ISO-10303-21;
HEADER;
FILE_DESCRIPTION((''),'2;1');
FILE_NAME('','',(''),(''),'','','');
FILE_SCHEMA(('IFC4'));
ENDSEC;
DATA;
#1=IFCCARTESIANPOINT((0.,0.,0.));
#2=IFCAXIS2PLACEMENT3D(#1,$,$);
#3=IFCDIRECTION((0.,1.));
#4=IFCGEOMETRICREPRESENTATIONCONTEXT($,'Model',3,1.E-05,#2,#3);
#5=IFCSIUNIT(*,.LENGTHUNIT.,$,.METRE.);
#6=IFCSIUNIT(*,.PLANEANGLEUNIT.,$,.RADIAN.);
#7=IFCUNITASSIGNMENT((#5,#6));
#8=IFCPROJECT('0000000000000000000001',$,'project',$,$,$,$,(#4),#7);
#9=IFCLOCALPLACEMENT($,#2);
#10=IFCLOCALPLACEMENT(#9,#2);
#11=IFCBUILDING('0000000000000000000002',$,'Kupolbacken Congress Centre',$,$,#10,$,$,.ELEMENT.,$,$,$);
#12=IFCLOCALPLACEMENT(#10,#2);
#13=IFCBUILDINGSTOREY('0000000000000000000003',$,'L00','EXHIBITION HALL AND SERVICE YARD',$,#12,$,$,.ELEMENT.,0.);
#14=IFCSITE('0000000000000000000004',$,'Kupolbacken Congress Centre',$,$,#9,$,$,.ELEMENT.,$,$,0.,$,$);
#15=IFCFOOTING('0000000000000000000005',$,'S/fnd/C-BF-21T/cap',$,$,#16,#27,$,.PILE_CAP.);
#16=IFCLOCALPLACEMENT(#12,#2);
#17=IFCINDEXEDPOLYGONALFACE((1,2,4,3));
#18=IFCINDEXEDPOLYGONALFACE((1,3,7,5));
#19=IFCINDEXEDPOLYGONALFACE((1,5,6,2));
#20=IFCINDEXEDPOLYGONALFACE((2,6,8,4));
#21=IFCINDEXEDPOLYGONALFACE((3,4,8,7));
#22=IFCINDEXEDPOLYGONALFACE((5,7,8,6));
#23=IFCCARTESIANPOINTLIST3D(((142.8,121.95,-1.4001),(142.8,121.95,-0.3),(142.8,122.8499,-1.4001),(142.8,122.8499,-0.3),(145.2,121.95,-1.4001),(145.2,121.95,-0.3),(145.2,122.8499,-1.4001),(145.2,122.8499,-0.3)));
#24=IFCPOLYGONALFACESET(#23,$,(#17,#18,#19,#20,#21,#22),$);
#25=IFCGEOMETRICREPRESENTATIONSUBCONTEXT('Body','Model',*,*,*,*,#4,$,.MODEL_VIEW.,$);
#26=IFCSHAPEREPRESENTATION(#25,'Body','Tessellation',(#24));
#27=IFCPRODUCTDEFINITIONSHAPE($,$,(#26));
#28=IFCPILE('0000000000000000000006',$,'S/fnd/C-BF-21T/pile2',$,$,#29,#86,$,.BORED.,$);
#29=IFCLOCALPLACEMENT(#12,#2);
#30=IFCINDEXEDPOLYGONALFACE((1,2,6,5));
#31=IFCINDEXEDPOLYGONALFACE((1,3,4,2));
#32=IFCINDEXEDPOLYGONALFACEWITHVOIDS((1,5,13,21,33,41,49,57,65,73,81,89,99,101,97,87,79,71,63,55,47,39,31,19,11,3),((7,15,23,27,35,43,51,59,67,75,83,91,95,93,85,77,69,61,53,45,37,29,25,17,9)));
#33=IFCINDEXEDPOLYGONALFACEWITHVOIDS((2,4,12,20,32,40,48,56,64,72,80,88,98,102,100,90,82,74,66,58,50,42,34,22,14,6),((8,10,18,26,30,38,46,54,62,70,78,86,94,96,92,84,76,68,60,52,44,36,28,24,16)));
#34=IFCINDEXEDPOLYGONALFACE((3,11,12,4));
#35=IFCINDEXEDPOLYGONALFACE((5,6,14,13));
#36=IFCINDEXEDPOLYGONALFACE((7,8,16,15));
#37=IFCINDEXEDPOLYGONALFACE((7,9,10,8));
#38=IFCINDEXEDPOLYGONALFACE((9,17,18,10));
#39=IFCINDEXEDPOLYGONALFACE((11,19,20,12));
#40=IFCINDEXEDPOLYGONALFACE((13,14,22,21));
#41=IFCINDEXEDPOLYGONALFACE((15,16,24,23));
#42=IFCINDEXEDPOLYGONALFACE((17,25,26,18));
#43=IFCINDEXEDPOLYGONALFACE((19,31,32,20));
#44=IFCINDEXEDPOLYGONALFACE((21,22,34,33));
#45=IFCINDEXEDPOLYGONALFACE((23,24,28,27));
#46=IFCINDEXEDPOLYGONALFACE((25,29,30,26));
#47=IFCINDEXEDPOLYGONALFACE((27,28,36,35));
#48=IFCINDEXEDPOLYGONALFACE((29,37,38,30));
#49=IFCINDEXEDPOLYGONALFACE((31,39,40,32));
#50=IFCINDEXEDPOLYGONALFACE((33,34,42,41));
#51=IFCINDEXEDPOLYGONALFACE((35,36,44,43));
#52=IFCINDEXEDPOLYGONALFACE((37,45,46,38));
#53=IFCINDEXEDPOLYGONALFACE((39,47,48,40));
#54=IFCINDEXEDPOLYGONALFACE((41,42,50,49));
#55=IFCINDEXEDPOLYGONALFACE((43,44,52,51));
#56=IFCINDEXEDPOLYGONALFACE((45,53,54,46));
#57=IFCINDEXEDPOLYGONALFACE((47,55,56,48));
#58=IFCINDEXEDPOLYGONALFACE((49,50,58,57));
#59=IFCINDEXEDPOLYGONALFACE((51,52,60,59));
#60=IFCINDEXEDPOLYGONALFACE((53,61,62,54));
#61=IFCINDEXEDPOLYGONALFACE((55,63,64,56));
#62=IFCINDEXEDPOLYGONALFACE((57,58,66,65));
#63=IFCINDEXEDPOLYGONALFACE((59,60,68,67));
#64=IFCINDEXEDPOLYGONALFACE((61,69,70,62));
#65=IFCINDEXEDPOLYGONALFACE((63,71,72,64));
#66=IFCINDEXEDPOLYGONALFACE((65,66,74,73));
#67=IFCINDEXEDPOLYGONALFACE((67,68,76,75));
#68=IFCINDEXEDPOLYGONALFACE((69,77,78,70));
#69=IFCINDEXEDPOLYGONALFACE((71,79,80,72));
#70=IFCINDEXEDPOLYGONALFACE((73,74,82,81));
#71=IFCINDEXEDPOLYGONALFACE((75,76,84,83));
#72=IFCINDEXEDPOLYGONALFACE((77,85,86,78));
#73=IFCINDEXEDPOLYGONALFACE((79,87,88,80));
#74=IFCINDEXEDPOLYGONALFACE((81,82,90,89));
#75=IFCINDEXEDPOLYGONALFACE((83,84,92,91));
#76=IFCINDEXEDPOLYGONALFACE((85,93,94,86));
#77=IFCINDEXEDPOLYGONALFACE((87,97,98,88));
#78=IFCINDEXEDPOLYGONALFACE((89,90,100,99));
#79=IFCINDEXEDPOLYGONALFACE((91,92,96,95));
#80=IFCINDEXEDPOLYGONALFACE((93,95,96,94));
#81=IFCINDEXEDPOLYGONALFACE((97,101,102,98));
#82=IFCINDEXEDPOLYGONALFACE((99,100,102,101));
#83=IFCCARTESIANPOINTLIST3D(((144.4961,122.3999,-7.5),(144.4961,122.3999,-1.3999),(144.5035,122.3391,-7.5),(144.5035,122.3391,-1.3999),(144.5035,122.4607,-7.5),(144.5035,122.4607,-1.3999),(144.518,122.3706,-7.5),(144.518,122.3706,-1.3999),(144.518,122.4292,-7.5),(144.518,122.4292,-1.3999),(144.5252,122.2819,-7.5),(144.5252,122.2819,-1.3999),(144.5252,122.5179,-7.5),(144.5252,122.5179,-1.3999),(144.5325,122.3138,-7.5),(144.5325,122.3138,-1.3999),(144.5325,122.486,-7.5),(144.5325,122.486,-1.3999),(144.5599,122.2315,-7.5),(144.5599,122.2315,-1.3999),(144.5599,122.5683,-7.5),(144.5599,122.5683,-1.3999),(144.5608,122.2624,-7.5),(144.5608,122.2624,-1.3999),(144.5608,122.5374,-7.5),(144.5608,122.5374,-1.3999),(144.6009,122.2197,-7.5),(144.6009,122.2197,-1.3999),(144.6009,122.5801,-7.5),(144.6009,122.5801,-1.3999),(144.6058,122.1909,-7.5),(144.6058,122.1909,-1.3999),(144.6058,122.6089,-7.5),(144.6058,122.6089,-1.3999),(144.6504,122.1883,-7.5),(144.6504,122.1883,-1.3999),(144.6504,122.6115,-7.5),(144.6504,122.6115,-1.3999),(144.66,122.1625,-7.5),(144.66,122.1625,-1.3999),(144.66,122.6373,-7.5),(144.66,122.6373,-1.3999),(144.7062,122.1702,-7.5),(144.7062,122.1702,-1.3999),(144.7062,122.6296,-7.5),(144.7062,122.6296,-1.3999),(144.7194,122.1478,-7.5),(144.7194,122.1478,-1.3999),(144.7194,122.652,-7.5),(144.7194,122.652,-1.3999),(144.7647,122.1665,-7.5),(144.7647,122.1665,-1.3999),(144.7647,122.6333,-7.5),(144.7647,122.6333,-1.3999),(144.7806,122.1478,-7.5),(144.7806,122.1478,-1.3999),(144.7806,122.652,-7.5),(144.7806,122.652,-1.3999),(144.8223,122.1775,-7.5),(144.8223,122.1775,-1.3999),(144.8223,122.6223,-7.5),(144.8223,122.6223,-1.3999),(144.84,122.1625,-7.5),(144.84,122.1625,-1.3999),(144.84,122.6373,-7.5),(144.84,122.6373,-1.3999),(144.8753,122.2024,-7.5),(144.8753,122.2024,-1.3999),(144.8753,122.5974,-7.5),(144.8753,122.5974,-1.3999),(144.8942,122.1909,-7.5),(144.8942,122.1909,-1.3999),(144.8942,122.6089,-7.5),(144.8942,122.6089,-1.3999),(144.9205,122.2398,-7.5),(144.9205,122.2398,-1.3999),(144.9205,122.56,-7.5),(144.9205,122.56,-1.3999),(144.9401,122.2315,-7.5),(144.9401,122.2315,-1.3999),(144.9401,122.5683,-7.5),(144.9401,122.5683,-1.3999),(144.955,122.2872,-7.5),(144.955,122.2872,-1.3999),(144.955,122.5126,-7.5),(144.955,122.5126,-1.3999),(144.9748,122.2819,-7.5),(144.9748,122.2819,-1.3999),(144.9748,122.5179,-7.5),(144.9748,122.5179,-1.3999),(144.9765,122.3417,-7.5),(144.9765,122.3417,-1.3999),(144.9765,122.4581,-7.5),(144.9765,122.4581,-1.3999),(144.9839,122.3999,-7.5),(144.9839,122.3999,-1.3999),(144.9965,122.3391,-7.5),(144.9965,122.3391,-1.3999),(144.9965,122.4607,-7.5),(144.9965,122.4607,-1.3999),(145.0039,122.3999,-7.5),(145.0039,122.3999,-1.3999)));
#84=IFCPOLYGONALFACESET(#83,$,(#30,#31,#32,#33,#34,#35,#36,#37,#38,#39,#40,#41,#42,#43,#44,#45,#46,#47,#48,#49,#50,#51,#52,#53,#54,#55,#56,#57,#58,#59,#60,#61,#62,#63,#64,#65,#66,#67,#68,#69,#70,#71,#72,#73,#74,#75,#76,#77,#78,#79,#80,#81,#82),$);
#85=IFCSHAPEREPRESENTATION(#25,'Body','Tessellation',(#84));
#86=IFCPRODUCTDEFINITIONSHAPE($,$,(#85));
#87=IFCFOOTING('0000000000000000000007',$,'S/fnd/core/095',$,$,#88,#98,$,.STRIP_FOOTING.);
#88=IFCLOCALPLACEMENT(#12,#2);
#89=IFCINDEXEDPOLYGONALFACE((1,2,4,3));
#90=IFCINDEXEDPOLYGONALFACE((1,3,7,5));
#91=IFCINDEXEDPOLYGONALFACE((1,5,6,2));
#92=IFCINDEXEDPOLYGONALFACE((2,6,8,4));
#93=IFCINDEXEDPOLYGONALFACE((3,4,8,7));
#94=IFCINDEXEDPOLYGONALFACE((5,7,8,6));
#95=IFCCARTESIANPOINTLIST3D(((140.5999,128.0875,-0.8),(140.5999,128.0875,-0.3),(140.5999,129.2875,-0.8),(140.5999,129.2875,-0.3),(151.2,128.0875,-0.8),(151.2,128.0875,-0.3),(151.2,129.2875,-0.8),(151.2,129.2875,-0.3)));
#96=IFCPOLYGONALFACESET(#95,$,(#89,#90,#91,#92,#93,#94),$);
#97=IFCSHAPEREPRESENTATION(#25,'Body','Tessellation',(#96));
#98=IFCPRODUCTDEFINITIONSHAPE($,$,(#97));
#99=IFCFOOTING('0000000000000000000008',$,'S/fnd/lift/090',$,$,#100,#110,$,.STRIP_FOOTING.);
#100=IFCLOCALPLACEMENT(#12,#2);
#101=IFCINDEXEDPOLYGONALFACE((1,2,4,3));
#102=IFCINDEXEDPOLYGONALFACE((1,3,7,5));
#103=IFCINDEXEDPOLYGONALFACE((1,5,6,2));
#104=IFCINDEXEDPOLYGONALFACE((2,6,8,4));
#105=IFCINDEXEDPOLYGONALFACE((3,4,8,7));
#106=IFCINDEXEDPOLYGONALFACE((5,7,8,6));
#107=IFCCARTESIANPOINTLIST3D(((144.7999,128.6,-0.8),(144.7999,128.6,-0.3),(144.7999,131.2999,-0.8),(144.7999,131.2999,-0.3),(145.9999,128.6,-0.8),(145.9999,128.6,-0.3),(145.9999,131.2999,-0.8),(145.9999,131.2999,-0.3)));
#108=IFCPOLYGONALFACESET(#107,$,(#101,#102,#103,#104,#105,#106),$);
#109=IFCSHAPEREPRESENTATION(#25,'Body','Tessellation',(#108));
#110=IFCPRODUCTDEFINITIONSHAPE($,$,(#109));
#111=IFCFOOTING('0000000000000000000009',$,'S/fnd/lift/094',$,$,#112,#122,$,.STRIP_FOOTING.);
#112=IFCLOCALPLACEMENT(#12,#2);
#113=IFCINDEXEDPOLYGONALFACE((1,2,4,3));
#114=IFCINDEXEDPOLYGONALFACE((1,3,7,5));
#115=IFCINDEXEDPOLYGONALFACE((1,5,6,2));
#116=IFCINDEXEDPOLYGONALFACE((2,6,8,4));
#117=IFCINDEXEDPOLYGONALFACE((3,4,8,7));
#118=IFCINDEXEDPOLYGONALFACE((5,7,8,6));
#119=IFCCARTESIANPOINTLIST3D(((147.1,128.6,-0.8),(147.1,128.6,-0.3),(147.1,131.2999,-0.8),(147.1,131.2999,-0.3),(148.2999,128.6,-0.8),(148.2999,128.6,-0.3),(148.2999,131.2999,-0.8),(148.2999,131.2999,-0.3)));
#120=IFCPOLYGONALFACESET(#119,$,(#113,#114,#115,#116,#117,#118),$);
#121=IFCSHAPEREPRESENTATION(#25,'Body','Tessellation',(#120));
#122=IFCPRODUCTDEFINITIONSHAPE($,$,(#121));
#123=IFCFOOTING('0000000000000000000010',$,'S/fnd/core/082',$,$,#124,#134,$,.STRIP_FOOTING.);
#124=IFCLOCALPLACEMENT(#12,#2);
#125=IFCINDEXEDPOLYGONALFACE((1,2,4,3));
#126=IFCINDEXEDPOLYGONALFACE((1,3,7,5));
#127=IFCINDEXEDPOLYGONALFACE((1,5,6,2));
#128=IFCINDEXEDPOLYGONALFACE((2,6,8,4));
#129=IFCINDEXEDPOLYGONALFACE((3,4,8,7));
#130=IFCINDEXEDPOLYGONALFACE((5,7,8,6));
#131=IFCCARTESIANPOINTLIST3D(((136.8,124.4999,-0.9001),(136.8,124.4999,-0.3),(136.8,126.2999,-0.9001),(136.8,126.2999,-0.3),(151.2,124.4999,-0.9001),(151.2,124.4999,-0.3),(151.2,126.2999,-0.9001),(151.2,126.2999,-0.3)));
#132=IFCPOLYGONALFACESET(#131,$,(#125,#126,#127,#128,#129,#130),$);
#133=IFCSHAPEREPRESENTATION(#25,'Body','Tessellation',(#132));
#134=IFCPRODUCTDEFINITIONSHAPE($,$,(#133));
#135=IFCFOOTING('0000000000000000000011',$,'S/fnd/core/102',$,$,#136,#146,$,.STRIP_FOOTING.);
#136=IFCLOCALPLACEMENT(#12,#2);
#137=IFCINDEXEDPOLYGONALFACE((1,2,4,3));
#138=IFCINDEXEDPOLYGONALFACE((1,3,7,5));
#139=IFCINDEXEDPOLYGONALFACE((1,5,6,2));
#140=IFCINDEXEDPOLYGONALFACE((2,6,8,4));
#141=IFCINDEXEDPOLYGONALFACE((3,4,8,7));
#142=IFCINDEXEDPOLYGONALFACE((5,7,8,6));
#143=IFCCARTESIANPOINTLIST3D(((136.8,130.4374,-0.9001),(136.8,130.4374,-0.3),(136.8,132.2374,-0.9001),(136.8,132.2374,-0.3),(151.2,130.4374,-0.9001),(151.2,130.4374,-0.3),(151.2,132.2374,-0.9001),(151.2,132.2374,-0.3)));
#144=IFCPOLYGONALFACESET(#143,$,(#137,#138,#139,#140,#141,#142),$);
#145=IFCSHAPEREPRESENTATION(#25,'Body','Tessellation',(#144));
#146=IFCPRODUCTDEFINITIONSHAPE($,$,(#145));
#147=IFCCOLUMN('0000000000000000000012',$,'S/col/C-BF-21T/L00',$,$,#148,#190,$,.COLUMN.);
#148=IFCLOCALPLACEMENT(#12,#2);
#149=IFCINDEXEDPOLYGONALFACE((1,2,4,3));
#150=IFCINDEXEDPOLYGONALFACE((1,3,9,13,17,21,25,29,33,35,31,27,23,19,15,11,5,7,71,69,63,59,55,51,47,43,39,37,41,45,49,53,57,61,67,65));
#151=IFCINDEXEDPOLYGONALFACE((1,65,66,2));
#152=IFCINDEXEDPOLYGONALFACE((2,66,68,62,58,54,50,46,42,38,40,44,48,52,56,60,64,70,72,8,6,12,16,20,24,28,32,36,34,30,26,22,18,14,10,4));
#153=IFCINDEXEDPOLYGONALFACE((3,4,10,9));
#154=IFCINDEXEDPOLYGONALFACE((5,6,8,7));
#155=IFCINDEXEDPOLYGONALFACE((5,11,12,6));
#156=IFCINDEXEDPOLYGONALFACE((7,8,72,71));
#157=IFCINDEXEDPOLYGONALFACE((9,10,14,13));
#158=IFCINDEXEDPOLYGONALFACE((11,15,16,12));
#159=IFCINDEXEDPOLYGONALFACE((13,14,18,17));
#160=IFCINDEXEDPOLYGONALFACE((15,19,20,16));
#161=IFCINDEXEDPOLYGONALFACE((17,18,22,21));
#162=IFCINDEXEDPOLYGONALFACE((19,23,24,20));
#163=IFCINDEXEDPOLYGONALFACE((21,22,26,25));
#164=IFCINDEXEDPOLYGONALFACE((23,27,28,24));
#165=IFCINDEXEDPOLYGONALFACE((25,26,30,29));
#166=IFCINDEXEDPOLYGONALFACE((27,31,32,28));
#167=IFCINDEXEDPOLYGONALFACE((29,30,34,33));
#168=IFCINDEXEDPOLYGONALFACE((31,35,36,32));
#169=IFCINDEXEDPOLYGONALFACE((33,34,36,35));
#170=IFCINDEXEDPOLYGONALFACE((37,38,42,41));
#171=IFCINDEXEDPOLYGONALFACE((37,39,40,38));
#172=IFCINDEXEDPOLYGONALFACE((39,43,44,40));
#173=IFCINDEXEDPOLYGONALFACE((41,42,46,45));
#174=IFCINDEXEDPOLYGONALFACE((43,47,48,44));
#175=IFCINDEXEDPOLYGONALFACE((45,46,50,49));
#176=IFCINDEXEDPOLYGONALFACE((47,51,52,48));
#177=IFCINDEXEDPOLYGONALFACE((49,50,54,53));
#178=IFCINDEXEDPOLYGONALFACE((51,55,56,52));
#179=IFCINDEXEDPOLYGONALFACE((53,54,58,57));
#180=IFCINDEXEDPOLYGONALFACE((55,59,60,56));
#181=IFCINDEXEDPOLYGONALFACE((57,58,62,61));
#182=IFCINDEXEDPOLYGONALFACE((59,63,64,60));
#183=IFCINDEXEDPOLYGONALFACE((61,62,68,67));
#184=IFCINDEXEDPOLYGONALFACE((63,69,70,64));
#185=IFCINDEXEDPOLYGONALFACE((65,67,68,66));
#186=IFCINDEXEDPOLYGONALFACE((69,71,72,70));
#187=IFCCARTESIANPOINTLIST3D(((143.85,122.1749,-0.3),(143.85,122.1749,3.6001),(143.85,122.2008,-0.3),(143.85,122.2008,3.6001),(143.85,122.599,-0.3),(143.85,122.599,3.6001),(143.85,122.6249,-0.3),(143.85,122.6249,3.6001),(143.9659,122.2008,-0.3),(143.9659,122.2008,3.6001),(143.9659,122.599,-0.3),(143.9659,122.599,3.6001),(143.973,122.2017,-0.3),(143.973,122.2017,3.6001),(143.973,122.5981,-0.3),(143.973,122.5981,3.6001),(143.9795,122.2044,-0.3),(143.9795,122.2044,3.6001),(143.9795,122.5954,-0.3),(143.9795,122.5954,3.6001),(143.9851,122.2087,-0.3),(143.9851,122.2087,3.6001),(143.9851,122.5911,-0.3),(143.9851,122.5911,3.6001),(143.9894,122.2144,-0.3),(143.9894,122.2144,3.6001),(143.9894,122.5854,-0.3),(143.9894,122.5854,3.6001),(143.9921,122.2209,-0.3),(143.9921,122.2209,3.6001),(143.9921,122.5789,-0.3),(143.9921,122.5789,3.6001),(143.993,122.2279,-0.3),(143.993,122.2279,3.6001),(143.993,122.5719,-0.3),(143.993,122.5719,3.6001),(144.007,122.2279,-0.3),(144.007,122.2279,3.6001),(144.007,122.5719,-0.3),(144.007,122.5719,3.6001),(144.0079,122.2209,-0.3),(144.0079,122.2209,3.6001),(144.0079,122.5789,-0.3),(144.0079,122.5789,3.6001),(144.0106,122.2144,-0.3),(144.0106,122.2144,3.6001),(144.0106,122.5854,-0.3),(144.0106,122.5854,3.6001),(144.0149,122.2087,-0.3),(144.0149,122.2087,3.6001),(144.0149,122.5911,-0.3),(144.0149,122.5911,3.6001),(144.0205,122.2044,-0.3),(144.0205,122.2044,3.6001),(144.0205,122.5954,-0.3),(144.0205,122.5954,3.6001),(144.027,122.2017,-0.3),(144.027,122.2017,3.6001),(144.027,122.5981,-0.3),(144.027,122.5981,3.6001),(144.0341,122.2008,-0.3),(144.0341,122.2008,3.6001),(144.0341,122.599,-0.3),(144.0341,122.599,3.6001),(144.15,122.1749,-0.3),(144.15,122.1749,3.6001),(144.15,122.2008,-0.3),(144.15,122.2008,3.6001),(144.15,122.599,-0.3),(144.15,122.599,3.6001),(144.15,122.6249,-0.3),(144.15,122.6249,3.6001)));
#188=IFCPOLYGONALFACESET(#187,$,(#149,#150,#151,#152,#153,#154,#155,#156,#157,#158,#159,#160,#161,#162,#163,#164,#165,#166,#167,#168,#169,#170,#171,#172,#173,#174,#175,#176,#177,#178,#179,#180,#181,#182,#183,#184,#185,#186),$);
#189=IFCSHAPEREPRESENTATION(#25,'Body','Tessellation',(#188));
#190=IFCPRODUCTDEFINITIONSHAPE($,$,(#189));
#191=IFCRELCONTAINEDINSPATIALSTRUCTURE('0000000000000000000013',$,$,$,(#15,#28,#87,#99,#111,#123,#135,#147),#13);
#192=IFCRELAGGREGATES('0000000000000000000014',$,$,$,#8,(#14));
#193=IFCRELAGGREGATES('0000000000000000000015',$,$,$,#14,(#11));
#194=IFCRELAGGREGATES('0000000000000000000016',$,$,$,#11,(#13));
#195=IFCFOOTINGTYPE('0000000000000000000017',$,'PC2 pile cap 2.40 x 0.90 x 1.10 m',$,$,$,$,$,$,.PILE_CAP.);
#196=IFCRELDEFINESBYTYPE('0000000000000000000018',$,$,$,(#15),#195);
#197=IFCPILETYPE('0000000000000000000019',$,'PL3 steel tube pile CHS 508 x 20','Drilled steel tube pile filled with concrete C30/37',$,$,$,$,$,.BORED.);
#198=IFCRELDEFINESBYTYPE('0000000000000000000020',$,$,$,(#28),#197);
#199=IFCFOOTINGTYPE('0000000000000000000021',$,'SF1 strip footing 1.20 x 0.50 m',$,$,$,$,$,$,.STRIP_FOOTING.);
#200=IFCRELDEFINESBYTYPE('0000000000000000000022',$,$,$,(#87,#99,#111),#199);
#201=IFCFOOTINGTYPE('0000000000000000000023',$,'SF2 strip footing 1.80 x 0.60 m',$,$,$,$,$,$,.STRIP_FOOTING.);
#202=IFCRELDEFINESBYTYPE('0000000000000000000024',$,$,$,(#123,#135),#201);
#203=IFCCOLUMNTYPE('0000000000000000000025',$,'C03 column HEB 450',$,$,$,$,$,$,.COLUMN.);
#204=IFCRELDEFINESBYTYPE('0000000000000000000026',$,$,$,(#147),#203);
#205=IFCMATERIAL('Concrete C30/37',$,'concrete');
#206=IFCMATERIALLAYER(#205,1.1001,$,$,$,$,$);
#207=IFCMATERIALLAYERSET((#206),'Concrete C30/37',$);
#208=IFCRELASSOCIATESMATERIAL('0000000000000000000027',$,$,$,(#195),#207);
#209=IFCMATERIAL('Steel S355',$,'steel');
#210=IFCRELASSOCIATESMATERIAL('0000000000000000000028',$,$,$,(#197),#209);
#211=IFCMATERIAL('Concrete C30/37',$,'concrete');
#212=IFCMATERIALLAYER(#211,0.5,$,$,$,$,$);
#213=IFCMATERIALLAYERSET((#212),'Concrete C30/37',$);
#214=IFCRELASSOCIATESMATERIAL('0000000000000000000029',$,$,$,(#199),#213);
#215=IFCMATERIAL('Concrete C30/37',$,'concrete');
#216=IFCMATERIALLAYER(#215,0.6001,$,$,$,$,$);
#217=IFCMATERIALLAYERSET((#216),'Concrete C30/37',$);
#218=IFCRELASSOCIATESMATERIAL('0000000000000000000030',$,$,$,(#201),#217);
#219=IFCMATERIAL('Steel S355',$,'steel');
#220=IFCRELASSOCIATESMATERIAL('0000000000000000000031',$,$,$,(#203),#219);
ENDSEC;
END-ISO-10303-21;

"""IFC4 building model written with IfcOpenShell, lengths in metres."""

from ifc_helpers import new_model, si_unit, direction, frame, origin, origin_2d, place, context, subcontext, project, spatial, rectangle, hollow_circle, i_section, extrude, material, layer, layer_set, material_profile, profile_set, type_object, element, save


model = new_model("IFC4")

# Units and contexts
model_context = context("Model", 3, precision=1e-05, world=origin(), true_north=direction((0.0, 1.0)))
body_context = subcontext(model_context, "Body", "Model", "MODEL_VIEW")
ifc_project = project(units=[si_unit("LENGTHUNIT", "METRE"), si_unit("PLANEANGLEUNIT", "RADIAN")], contexts=[model_context])

# Site, building, storey
site_placement = place(None, origin())
site = spatial("IfcSite", under=ifc_project, at=site_placement, Name="Kupolbacken Congress Centre", CompositionType="ELEMENT", RefElevation=0.0)
building_placement = place(site_placement, origin())
building = spatial("IfcBuilding", under=site, at=building_placement, Name="Kupolbacken Congress Centre", CompositionType="ELEMENT")
storey_placement = place(building_placement, origin())
storey = spatial("IfcBuildingStorey", under=building, at=storey_placement, Name="L00", Description="EXHIBITION HALL AND SERVICE YARD", CompositionType="ELEMENT", Elevation=0.0)

# Footing
ifc_material_1 = material(Name="Concrete C30/37", Category="concrete")
ifc_layer_1 = layer(ifc_material_1, 1.1001)
ifc_layer_set_1 = layer_set([ifc_layer_1], Name="Concrete C30/37")
footing_type_1 = type_object("IfcFootingType", Name="PC2 pile cap 2.40 x 0.90 x 1.10 m", PredefinedType="PILE_CAP", material=ifc_layer_set_1)
footing_1_placement = place(storey_placement, frame((144.0, 122.3999, -1.4001), z_axis=(0.0, 0.0, 1.0), x_axis=(1.0, 0.0, 0.0)))
element("IfcFooting", 1, at=footing_1_placement, inside=storey, type_object=footing_type_1, Name="S/fnd/C-BF-21T/cap", PredefinedType="PILE_CAP", context=body_context, shape_type="SweptSolid", body=[
    extrude(rectangle(XDim=2.3999, YDim=0.8999, at=origin_2d()), origin(), (0.0, 0.0, 1.0), 1.1001),
])

# Pile
ifc_material_2 = material(Name="Steel S355", Category="steel")
ifc_material_profile_1 = material_profile(ifc_material_2, hollow_circle(Radius=0.2539, WallThickness=0.02, at=origin_2d()), Name="CHS 508 x 20")
ifc_profile_set_1 = profile_set([ifc_material_profile_1], Name="Steel S355")
pile_type = type_object("IfcPileType", Name="PL3 steel tube pile CHS 508 x 20", Description="Drilled steel tube pile filled with concrete C30/37", PredefinedType="BORED", material=ifc_profile_set_1)
pile_placement = place(storey_placement, frame((144.75, 122.3999, -1.3999), z_axis=(0.0, 0.0, -1.0), x_axis=(1.0, 0.0, 0.0)))
element("IfcPile", 2, at=pile_placement, inside=storey, type_object=pile_type, Name="S/fnd/C-BF-21T/pile2", PredefinedType="BORED", context=body_context, shape_type="SweptSolid", body=[
    extrude(hollow_circle(Radius=0.2539, WallThickness=0.02, at=origin_2d()), origin(), (0.0, 0.0, 1.0), 6.1001),
])

# Footings
ifc_material_3 = material(Name="Concrete C30/37", Category="concrete")
ifc_layer_2 = layer(ifc_material_3, 0.5)
ifc_layer_set_2 = layer_set([ifc_layer_2], Name="Concrete C30/37")
footing_type_2 = type_object("IfcFootingType", Name="SF1 strip footing 1.20 x 0.50 m", PredefinedType="STRIP_FOOTING", material=ifc_layer_set_2)
footing_2_placement = place(storey_placement, frame((145.8999, 128.6875, -0.8), z_axis=(0.0, 0.0, 1.0), x_axis=(1.0, 0.0, 0.0)))
element("IfcFooting", 3, at=footing_2_placement, inside=storey, type_object=footing_type_2, Name="S/fnd/core/095", PredefinedType="STRIP_FOOTING", context=body_context, shape_type="SweptSolid", body=[
    extrude(rectangle(XDim=10.6001, YDim=1.2, at=origin_2d()), origin(), (0.0, 0.0, 1.0), 0.5),
])
for number, where, z_axis, x_axis, name in (
    (4, (145.3999, 129.95, -0.8), (0.0, 0.0, 1.0), (0.0, 1.0, 0.0), "S/fnd/lift/090"),
    (5, (147.7, 129.95, -0.8), (0.0, 0.0, 1.0), (0.0, 1.0, 0.0), "S/fnd/lift/094"),
):
    element("IfcFooting", number, at=place(storey_placement, frame(where, z_axis=z_axis, x_axis=x_axis)), inside=storey, type_object=footing_type_2, Name=name, PredefinedType="STRIP_FOOTING", context=body_context, shape_type="SweptSolid", body=[
        extrude(rectangle(XDim=2.7, YDim=1.2, at=origin_2d()), origin(), (0.0, 0.0, 1.0), 0.5),
    ])
ifc_material_4 = material(Name="Concrete C30/37", Category="concrete")
ifc_layer_3 = layer(ifc_material_4, 0.6001)
ifc_layer_set_3 = layer_set([ifc_layer_3], Name="Concrete C30/37")
footing_type_3 = type_object("IfcFootingType", Name="SF2 strip footing 1.80 x 0.60 m", PredefinedType="STRIP_FOOTING", material=ifc_layer_set_3)
for number, where, z_axis, x_axis, name in (
    (6, (144.0, 125.3999, -0.9001), (0.0, 0.0, 1.0), (1.0, 0.0, 0.0), "S/fnd/core/082"),
    (7, (144.0, 131.3374, -0.9001), (0.0, 0.0, 1.0), (1.0, 0.0, 0.0), "S/fnd/core/102"),
):
    element("IfcFooting", number, at=place(storey_placement, frame(where, z_axis=z_axis, x_axis=x_axis)), inside=storey, type_object=footing_type_3, Name=name, PredefinedType="STRIP_FOOTING", context=body_context, shape_type="SweptSolid", body=[
        extrude(rectangle(XDim=14.3999, YDim=1.8, at=origin_2d()), origin(), (0.0, 0.0, 1.0), 0.6001),
    ])

# Column
ifc_material_5 = material(Name="Steel S355", Category="steel")
ifc_material_profile_2 = material_profile(ifc_material_5, i_section(OverallWidth=0.3, OverallDepth=0.45, WebThickness=0.0139, FlangeThickness=0.0259, FilletRadius=0.0271, at=origin_2d()), Name="HEB 450")
ifc_profile_set_2 = profile_set([ifc_material_profile_2], Name="Steel S355")
column_type = type_object("IfcColumnType", Name="C03 column HEB 450", PredefinedType="COLUMN", material=ifc_profile_set_2)
column_placement = place(storey_placement, frame((144.0, 122.3999, -0.3), z_axis=(0.0, 0.0, 1.0), x_axis=(1.0, 0.0, 0.0)))
element("IfcColumn", 8, at=column_placement, inside=storey, type_object=column_type, Name="S/col/C-BF-21T/L00", PredefinedType="COLUMN", context=body_context, shape_type="SweptSolid", body=[
    extrude(i_section(OverallWidth=0.3, OverallDepth=0.45, WebThickness=0.0139, FlangeThickness=0.0259, FilletRadius=0.0271, at=origin_2d()), origin(), (0.0, 0.0, 1.0), 3.9001),
])

save(model, "model.ifc")
